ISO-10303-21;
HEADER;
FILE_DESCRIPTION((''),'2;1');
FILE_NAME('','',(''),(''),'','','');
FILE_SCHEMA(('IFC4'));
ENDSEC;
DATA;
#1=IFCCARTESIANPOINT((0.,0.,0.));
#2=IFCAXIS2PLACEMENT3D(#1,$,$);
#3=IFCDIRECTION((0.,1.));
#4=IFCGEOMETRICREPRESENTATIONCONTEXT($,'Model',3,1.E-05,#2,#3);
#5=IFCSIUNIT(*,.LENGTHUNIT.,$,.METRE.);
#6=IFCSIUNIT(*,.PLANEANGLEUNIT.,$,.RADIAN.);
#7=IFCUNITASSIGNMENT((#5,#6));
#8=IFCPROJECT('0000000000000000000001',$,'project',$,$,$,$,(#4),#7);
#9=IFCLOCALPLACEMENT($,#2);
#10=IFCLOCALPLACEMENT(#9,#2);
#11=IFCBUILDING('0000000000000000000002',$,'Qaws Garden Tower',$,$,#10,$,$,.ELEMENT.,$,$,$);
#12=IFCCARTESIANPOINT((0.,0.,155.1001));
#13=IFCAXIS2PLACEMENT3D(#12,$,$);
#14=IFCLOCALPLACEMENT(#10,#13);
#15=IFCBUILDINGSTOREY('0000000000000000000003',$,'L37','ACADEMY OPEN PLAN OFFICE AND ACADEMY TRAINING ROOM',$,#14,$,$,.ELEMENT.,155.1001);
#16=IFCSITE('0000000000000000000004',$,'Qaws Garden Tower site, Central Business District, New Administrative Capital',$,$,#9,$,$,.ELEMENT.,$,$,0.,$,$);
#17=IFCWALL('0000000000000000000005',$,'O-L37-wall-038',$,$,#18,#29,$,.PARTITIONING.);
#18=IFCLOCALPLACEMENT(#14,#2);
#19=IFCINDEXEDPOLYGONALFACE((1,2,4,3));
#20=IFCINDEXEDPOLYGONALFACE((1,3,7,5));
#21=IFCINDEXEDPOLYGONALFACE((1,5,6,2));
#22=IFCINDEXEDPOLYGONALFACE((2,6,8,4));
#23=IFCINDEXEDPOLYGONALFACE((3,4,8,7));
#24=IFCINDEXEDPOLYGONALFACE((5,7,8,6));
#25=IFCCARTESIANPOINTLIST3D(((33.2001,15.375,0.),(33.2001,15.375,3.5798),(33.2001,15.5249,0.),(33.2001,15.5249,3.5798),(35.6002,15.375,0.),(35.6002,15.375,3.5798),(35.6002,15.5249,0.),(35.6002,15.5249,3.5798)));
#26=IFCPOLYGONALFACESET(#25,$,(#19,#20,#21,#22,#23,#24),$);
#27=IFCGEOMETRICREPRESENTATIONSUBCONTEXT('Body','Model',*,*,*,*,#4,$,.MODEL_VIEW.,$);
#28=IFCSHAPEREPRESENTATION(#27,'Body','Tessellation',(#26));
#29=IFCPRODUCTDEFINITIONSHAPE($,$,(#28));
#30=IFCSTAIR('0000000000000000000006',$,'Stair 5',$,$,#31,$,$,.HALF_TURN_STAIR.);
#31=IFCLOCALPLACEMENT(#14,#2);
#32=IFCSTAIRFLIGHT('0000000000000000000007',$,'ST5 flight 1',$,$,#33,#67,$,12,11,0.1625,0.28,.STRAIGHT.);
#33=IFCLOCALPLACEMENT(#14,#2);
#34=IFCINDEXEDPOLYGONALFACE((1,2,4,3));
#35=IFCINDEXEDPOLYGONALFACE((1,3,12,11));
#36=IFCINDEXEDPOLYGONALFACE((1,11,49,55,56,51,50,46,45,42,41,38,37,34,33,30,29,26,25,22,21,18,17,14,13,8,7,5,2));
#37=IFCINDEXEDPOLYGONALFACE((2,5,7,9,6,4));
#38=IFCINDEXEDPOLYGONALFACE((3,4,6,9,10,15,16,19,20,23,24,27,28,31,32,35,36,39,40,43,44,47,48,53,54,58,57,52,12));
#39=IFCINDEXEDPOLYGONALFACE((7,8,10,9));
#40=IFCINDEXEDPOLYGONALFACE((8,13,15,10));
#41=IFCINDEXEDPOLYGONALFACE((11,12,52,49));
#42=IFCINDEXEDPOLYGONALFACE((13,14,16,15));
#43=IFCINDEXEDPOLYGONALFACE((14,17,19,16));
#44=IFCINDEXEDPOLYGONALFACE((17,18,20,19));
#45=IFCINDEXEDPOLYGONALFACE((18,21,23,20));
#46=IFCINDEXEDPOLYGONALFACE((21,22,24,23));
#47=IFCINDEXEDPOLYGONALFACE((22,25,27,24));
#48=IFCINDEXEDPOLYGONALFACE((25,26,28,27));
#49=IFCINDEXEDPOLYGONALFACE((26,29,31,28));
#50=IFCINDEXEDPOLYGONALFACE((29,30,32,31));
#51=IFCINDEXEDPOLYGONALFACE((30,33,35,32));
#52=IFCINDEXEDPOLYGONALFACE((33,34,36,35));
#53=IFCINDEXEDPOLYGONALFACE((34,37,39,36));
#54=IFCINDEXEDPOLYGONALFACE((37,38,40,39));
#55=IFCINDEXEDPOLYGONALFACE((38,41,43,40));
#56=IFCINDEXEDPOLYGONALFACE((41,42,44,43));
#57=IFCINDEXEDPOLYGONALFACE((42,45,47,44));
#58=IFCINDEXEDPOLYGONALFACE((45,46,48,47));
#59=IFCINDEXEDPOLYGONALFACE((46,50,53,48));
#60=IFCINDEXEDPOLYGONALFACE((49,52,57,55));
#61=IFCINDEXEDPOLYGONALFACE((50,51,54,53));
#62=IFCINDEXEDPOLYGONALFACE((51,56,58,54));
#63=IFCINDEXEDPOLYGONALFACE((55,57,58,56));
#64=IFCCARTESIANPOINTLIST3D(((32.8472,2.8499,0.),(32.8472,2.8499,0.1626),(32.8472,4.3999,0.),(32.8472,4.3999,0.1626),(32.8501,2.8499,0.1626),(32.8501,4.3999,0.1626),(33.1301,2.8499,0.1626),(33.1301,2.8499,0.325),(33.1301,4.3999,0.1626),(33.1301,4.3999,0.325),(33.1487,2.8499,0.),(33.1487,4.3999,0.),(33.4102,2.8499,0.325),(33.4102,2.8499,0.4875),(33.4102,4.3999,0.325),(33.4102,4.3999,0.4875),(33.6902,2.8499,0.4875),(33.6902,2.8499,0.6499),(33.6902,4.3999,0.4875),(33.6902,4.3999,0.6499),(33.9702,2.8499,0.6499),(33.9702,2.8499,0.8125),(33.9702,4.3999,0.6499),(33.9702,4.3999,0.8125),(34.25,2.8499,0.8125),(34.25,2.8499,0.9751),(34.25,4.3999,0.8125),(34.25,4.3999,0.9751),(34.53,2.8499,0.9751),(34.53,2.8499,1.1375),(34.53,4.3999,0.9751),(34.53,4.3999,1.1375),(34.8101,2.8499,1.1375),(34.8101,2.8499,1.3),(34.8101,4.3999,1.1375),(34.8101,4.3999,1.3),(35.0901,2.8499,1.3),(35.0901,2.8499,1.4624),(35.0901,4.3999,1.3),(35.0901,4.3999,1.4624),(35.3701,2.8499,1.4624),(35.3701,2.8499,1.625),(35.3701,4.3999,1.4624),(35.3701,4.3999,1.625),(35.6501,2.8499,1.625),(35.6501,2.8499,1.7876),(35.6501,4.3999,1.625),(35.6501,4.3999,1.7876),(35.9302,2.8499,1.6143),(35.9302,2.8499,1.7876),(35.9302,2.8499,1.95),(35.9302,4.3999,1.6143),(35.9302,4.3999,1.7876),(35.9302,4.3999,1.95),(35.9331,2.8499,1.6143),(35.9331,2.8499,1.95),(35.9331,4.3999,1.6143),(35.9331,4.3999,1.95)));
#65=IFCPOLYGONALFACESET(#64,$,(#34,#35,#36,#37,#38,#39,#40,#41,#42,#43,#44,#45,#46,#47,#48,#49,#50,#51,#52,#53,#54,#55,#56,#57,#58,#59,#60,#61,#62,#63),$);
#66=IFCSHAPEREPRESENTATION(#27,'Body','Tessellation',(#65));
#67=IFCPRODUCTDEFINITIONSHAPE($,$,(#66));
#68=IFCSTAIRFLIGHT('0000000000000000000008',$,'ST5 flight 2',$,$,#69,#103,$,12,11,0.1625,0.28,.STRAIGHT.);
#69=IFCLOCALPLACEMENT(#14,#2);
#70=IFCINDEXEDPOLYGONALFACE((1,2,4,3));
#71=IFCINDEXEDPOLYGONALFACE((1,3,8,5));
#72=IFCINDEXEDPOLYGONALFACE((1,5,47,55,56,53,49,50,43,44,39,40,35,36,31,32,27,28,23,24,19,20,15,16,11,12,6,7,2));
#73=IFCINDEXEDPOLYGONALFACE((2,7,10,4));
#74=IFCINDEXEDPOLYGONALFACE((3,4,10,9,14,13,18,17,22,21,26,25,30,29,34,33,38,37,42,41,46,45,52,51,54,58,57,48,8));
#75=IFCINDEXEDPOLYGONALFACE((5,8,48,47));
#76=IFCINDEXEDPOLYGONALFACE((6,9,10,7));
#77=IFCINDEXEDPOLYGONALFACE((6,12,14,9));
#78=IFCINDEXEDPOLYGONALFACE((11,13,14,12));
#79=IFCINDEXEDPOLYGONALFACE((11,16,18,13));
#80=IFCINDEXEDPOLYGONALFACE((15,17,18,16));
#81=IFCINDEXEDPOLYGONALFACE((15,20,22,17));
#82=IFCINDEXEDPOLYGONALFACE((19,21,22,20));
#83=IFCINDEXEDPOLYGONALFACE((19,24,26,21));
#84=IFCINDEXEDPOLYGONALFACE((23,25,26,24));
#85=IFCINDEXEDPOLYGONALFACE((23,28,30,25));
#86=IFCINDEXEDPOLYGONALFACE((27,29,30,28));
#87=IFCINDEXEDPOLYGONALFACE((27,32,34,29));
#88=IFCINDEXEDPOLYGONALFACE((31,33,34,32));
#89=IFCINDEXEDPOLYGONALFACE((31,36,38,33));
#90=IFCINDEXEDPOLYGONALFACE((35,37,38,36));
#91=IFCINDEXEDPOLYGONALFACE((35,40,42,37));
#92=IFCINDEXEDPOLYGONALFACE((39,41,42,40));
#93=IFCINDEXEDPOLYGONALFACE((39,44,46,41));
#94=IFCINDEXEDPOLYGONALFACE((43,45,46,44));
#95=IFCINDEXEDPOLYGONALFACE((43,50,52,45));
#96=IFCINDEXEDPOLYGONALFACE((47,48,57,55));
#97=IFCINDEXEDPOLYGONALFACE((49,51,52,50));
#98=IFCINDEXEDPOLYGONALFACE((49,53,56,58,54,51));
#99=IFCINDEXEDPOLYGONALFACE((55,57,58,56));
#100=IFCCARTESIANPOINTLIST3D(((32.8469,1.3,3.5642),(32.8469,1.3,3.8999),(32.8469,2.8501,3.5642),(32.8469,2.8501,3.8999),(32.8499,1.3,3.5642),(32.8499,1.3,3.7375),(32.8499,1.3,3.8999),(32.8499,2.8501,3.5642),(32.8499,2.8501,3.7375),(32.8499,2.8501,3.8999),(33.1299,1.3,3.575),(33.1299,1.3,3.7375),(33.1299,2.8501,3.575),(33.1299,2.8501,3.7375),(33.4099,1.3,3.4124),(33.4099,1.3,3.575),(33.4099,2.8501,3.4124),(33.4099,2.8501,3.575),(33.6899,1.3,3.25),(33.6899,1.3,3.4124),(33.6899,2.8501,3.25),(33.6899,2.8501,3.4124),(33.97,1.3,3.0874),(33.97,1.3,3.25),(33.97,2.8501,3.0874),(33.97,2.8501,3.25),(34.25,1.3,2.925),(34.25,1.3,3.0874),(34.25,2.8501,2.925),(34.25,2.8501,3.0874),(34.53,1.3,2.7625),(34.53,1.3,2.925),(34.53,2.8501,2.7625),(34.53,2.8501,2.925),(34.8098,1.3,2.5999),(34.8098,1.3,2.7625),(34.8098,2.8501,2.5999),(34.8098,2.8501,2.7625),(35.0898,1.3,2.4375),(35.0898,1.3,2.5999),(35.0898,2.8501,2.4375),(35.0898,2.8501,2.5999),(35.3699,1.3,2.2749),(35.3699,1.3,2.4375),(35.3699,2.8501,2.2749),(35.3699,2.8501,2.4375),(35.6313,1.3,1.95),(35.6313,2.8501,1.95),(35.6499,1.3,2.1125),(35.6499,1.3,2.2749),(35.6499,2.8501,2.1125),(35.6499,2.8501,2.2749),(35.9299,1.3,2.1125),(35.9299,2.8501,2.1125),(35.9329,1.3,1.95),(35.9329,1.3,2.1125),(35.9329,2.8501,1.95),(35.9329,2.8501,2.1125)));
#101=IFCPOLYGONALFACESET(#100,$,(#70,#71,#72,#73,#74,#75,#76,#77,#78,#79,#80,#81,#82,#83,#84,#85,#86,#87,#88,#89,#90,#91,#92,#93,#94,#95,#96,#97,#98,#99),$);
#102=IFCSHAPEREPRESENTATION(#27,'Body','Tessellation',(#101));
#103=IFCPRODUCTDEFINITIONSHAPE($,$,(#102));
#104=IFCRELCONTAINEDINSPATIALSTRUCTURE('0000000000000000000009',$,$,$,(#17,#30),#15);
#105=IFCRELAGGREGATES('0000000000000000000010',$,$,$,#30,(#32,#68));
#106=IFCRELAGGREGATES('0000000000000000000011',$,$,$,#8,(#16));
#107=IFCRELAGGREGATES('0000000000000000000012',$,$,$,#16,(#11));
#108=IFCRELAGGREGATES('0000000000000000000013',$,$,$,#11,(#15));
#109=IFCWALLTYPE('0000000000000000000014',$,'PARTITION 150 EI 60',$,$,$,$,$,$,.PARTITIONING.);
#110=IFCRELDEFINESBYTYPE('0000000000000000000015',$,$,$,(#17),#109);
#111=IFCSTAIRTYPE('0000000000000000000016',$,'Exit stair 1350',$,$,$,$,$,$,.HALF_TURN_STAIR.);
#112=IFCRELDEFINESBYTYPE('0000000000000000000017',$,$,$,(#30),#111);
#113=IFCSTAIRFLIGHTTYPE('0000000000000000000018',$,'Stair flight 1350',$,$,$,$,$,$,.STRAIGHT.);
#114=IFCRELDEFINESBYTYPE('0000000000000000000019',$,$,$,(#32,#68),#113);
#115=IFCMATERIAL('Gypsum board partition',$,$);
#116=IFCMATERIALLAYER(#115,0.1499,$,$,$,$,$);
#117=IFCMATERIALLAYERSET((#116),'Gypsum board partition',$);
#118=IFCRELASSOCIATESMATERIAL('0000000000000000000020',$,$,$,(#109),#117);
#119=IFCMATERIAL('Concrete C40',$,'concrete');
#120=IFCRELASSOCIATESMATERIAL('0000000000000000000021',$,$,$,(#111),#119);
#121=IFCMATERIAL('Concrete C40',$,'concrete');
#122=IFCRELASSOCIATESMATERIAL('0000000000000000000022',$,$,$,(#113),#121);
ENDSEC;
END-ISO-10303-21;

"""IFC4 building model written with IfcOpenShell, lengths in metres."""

from ifc_helpers import new_model, si_unit, direction, frame, frame_2d, origin, place, context, subcontext, project, spatial, polyline, rectangle, outline, extrude, material, layer, layer_set, type_object, element, aggregate, save


model = new_model("IFC4")

# Units and contexts
model_context = context("Model", 3, precision=1e-05, world=origin(), true_north=direction((0.0, 1.0)))
body_context = subcontext(model_context, "Body", "Model", "MODEL_VIEW")
ifc_project = project(units=[si_unit("LENGTHUNIT", "METRE"), si_unit("PLANEANGLEUNIT", "RADIAN")], contexts=[model_context])

# Site, building, storey
site_placement = place(None, origin())
site = spatial("IfcSite", under=ifc_project, at=site_placement, Name="Qaws Garden Tower site, Central Business District, New Administrative Capital", CompositionType="ELEMENT", RefElevation=0.0)
building_placement = place(site_placement, origin())
building = spatial("IfcBuilding", under=site, at=building_placement, Name="Qaws Garden Tower", CompositionType="ELEMENT")
storey_placement = place(building_placement, frame((0.0, 0.0, 155.1001)))
storey = spatial("IfcBuildingStorey", under=building, at=storey_placement, Name="L37", Description="ACADEMY OPEN PLAN OFFICE AND ACADEMY TRAINING ROOM", CompositionType="ELEMENT", Elevation=155.1001)

# Shared definitions
ifc_material_1 = material(Name="Gypsum board partition")
ifc_layer_1 = layer(ifc_material_1, 0.1499)
ifc_layer_set_1 = layer_set([ifc_layer_1], Name="Gypsum board partition")
wall_type_1 = type_object("IfcWallType", Name="PARTITION 150 EI 60", PredefinedType="PARTITIONING", material=ifc_layer_set_1)

# Wall
for number, where, z_axis, x_axis, name in (
    (1, (33.2, 15.45, 0.0), (0.0, 0.0, 1.0), (1.0, 0.0, 0.0), "O-L37-wall-038"),
):
    element("IfcWall", number, at=place(storey_placement, frame(where, z_axis=z_axis, x_axis=x_axis)), inside=storey, type_object=wall_type_1, Name=name, PredefinedType="PARTITIONING", context=body_context, shape_type="SweptSolid", body=[
        extrude(rectangle(XDim=2.4001, YDim=0.1499, at=frame_2d((1.2002, 0.0))), origin(), (0.0, 0.0, 1.0), 3.5798),
    ])

# Stair, stair flights
ifc_material_2 = material(Name="Concrete C40", Category="concrete")
stair_type = type_object("IfcStairType", Name="Exit stair 1350", PredefinedType="HALF_TURN_STAIR", material=ifc_material_2)
stair_placement = place(storey_placement, origin())
stair = element("IfcStair", 2, at=stair_placement, inside=storey, type_object=stair_type, Name="Stair 5", PredefinedType="HALF_TURN_STAIR")
ifc_material_3 = material(Name="Concrete C40", Category="concrete")
stair_flight_type = type_object("IfcStairFlightType", Name="Stair flight 1350", PredefinedType="STRAIGHT", material=ifc_material_3)
stair_flight_1_placement = place(storey_placement, frame((32.8501, 3.625, 0.0), z_axis=(0.0, 0.0, 1.0), x_axis=(1.0, 0.0, 0.0)))
stair_flight_1 = element("IfcStairFlight", 3, at=stair_flight_1_placement, type_object=stair_flight_type, Name="ST5 flight 1", NumberOfRisers=12, NumberOfTreads=11, PredefinedType="STRAIGHT", RiserHeight=0.1625, TreadLength=0.28, context=body_context, shape_type="SweptSolid", body=[
    extrude(outline(polyline([(-0.0029, 0.0), (-0.0029, 0.1626), (0.0, 0.1626), (0.28, 0.1626), (0.28, 0.325), (0.5601, 0.325), (0.5601, 0.4875), (0.8401, 0.4875), (0.8401, 0.6499), (1.1201, 0.6499), (1.1201, 0.8125), (1.3999, 0.8125), (1.3999, 0.9751), (1.6799, 0.9751), (1.6799, 1.1375), (1.96, 1.1375), (1.96, 1.3), (2.24, 1.3), (2.24, 1.4624), (2.52, 1.4624), (2.52, 1.625), (2.8, 1.625), (2.8, 1.7876), (3.0801, 1.7876), (3.0801, 1.95), (3.083, 1.95), (3.083, 1.6143), (3.0801, 1.6143), (0.2986, 0.0), (-0.0029, 0.0)])), frame((0.0, 0.7749, 0.0), z_axis=(0.0, -1.0, 0.0), x_axis=(1.0, 0.0, 0.0)), (0.0, 0.0, 1.0), 1.55),
])
stair_flight_2_placement = place(storey_placement, frame((35.9299, 2.075, 1.95), z_axis=(0.0, 0.0, 1.0), x_axis=(-1.0, 0.0, 0.0)))
stair_flight_2 = element("IfcStairFlight", 4, at=stair_flight_2_placement, type_object=stair_flight_type, Name="ST5 flight 2", NumberOfRisers=12, NumberOfTreads=11, PredefinedType="STRAIGHT", RiserHeight=0.1625, TreadLength=0.28, context=body_context, shape_type="SweptSolid", body=[
    extrude(outline(polyline([(-0.0029, 0.0), (-0.0029, 0.1626), (0.0, 0.1626), (0.28, 0.1626), (0.28, 0.325), (0.5601, 0.325), (0.5601, 0.4875), (0.8401, 0.4875), (0.8401, 0.6499), (1.1201, 0.6499), (1.1201, 0.8125), (1.3999, 0.8125), (1.3999, 0.9751), (1.6799, 0.9751), (1.6799, 1.1375), (1.96, 1.1375), (1.96, 1.3), (2.24, 1.3), (2.24, 1.4624), (2.52, 1.4624), (2.52, 1.625), (2.8, 1.625), (2.8, 1.7876), (3.0801, 1.7876), (3.0801, 1.95), (3.083, 1.95), (3.083, 1.6143), (3.0801, 1.6143), (0.2986, 0.0), (-0.0029, 0.0)])), frame((0.0, 0.7749, 0.0), z_axis=(0.0, -1.0, 0.0), x_axis=(1.0, 0.0, 0.0)), (0.0, 0.0, 1.0), 1.55),
])
aggregate(stair, [stair_flight_1, stair_flight_2])

save(model, "model.ifc")
